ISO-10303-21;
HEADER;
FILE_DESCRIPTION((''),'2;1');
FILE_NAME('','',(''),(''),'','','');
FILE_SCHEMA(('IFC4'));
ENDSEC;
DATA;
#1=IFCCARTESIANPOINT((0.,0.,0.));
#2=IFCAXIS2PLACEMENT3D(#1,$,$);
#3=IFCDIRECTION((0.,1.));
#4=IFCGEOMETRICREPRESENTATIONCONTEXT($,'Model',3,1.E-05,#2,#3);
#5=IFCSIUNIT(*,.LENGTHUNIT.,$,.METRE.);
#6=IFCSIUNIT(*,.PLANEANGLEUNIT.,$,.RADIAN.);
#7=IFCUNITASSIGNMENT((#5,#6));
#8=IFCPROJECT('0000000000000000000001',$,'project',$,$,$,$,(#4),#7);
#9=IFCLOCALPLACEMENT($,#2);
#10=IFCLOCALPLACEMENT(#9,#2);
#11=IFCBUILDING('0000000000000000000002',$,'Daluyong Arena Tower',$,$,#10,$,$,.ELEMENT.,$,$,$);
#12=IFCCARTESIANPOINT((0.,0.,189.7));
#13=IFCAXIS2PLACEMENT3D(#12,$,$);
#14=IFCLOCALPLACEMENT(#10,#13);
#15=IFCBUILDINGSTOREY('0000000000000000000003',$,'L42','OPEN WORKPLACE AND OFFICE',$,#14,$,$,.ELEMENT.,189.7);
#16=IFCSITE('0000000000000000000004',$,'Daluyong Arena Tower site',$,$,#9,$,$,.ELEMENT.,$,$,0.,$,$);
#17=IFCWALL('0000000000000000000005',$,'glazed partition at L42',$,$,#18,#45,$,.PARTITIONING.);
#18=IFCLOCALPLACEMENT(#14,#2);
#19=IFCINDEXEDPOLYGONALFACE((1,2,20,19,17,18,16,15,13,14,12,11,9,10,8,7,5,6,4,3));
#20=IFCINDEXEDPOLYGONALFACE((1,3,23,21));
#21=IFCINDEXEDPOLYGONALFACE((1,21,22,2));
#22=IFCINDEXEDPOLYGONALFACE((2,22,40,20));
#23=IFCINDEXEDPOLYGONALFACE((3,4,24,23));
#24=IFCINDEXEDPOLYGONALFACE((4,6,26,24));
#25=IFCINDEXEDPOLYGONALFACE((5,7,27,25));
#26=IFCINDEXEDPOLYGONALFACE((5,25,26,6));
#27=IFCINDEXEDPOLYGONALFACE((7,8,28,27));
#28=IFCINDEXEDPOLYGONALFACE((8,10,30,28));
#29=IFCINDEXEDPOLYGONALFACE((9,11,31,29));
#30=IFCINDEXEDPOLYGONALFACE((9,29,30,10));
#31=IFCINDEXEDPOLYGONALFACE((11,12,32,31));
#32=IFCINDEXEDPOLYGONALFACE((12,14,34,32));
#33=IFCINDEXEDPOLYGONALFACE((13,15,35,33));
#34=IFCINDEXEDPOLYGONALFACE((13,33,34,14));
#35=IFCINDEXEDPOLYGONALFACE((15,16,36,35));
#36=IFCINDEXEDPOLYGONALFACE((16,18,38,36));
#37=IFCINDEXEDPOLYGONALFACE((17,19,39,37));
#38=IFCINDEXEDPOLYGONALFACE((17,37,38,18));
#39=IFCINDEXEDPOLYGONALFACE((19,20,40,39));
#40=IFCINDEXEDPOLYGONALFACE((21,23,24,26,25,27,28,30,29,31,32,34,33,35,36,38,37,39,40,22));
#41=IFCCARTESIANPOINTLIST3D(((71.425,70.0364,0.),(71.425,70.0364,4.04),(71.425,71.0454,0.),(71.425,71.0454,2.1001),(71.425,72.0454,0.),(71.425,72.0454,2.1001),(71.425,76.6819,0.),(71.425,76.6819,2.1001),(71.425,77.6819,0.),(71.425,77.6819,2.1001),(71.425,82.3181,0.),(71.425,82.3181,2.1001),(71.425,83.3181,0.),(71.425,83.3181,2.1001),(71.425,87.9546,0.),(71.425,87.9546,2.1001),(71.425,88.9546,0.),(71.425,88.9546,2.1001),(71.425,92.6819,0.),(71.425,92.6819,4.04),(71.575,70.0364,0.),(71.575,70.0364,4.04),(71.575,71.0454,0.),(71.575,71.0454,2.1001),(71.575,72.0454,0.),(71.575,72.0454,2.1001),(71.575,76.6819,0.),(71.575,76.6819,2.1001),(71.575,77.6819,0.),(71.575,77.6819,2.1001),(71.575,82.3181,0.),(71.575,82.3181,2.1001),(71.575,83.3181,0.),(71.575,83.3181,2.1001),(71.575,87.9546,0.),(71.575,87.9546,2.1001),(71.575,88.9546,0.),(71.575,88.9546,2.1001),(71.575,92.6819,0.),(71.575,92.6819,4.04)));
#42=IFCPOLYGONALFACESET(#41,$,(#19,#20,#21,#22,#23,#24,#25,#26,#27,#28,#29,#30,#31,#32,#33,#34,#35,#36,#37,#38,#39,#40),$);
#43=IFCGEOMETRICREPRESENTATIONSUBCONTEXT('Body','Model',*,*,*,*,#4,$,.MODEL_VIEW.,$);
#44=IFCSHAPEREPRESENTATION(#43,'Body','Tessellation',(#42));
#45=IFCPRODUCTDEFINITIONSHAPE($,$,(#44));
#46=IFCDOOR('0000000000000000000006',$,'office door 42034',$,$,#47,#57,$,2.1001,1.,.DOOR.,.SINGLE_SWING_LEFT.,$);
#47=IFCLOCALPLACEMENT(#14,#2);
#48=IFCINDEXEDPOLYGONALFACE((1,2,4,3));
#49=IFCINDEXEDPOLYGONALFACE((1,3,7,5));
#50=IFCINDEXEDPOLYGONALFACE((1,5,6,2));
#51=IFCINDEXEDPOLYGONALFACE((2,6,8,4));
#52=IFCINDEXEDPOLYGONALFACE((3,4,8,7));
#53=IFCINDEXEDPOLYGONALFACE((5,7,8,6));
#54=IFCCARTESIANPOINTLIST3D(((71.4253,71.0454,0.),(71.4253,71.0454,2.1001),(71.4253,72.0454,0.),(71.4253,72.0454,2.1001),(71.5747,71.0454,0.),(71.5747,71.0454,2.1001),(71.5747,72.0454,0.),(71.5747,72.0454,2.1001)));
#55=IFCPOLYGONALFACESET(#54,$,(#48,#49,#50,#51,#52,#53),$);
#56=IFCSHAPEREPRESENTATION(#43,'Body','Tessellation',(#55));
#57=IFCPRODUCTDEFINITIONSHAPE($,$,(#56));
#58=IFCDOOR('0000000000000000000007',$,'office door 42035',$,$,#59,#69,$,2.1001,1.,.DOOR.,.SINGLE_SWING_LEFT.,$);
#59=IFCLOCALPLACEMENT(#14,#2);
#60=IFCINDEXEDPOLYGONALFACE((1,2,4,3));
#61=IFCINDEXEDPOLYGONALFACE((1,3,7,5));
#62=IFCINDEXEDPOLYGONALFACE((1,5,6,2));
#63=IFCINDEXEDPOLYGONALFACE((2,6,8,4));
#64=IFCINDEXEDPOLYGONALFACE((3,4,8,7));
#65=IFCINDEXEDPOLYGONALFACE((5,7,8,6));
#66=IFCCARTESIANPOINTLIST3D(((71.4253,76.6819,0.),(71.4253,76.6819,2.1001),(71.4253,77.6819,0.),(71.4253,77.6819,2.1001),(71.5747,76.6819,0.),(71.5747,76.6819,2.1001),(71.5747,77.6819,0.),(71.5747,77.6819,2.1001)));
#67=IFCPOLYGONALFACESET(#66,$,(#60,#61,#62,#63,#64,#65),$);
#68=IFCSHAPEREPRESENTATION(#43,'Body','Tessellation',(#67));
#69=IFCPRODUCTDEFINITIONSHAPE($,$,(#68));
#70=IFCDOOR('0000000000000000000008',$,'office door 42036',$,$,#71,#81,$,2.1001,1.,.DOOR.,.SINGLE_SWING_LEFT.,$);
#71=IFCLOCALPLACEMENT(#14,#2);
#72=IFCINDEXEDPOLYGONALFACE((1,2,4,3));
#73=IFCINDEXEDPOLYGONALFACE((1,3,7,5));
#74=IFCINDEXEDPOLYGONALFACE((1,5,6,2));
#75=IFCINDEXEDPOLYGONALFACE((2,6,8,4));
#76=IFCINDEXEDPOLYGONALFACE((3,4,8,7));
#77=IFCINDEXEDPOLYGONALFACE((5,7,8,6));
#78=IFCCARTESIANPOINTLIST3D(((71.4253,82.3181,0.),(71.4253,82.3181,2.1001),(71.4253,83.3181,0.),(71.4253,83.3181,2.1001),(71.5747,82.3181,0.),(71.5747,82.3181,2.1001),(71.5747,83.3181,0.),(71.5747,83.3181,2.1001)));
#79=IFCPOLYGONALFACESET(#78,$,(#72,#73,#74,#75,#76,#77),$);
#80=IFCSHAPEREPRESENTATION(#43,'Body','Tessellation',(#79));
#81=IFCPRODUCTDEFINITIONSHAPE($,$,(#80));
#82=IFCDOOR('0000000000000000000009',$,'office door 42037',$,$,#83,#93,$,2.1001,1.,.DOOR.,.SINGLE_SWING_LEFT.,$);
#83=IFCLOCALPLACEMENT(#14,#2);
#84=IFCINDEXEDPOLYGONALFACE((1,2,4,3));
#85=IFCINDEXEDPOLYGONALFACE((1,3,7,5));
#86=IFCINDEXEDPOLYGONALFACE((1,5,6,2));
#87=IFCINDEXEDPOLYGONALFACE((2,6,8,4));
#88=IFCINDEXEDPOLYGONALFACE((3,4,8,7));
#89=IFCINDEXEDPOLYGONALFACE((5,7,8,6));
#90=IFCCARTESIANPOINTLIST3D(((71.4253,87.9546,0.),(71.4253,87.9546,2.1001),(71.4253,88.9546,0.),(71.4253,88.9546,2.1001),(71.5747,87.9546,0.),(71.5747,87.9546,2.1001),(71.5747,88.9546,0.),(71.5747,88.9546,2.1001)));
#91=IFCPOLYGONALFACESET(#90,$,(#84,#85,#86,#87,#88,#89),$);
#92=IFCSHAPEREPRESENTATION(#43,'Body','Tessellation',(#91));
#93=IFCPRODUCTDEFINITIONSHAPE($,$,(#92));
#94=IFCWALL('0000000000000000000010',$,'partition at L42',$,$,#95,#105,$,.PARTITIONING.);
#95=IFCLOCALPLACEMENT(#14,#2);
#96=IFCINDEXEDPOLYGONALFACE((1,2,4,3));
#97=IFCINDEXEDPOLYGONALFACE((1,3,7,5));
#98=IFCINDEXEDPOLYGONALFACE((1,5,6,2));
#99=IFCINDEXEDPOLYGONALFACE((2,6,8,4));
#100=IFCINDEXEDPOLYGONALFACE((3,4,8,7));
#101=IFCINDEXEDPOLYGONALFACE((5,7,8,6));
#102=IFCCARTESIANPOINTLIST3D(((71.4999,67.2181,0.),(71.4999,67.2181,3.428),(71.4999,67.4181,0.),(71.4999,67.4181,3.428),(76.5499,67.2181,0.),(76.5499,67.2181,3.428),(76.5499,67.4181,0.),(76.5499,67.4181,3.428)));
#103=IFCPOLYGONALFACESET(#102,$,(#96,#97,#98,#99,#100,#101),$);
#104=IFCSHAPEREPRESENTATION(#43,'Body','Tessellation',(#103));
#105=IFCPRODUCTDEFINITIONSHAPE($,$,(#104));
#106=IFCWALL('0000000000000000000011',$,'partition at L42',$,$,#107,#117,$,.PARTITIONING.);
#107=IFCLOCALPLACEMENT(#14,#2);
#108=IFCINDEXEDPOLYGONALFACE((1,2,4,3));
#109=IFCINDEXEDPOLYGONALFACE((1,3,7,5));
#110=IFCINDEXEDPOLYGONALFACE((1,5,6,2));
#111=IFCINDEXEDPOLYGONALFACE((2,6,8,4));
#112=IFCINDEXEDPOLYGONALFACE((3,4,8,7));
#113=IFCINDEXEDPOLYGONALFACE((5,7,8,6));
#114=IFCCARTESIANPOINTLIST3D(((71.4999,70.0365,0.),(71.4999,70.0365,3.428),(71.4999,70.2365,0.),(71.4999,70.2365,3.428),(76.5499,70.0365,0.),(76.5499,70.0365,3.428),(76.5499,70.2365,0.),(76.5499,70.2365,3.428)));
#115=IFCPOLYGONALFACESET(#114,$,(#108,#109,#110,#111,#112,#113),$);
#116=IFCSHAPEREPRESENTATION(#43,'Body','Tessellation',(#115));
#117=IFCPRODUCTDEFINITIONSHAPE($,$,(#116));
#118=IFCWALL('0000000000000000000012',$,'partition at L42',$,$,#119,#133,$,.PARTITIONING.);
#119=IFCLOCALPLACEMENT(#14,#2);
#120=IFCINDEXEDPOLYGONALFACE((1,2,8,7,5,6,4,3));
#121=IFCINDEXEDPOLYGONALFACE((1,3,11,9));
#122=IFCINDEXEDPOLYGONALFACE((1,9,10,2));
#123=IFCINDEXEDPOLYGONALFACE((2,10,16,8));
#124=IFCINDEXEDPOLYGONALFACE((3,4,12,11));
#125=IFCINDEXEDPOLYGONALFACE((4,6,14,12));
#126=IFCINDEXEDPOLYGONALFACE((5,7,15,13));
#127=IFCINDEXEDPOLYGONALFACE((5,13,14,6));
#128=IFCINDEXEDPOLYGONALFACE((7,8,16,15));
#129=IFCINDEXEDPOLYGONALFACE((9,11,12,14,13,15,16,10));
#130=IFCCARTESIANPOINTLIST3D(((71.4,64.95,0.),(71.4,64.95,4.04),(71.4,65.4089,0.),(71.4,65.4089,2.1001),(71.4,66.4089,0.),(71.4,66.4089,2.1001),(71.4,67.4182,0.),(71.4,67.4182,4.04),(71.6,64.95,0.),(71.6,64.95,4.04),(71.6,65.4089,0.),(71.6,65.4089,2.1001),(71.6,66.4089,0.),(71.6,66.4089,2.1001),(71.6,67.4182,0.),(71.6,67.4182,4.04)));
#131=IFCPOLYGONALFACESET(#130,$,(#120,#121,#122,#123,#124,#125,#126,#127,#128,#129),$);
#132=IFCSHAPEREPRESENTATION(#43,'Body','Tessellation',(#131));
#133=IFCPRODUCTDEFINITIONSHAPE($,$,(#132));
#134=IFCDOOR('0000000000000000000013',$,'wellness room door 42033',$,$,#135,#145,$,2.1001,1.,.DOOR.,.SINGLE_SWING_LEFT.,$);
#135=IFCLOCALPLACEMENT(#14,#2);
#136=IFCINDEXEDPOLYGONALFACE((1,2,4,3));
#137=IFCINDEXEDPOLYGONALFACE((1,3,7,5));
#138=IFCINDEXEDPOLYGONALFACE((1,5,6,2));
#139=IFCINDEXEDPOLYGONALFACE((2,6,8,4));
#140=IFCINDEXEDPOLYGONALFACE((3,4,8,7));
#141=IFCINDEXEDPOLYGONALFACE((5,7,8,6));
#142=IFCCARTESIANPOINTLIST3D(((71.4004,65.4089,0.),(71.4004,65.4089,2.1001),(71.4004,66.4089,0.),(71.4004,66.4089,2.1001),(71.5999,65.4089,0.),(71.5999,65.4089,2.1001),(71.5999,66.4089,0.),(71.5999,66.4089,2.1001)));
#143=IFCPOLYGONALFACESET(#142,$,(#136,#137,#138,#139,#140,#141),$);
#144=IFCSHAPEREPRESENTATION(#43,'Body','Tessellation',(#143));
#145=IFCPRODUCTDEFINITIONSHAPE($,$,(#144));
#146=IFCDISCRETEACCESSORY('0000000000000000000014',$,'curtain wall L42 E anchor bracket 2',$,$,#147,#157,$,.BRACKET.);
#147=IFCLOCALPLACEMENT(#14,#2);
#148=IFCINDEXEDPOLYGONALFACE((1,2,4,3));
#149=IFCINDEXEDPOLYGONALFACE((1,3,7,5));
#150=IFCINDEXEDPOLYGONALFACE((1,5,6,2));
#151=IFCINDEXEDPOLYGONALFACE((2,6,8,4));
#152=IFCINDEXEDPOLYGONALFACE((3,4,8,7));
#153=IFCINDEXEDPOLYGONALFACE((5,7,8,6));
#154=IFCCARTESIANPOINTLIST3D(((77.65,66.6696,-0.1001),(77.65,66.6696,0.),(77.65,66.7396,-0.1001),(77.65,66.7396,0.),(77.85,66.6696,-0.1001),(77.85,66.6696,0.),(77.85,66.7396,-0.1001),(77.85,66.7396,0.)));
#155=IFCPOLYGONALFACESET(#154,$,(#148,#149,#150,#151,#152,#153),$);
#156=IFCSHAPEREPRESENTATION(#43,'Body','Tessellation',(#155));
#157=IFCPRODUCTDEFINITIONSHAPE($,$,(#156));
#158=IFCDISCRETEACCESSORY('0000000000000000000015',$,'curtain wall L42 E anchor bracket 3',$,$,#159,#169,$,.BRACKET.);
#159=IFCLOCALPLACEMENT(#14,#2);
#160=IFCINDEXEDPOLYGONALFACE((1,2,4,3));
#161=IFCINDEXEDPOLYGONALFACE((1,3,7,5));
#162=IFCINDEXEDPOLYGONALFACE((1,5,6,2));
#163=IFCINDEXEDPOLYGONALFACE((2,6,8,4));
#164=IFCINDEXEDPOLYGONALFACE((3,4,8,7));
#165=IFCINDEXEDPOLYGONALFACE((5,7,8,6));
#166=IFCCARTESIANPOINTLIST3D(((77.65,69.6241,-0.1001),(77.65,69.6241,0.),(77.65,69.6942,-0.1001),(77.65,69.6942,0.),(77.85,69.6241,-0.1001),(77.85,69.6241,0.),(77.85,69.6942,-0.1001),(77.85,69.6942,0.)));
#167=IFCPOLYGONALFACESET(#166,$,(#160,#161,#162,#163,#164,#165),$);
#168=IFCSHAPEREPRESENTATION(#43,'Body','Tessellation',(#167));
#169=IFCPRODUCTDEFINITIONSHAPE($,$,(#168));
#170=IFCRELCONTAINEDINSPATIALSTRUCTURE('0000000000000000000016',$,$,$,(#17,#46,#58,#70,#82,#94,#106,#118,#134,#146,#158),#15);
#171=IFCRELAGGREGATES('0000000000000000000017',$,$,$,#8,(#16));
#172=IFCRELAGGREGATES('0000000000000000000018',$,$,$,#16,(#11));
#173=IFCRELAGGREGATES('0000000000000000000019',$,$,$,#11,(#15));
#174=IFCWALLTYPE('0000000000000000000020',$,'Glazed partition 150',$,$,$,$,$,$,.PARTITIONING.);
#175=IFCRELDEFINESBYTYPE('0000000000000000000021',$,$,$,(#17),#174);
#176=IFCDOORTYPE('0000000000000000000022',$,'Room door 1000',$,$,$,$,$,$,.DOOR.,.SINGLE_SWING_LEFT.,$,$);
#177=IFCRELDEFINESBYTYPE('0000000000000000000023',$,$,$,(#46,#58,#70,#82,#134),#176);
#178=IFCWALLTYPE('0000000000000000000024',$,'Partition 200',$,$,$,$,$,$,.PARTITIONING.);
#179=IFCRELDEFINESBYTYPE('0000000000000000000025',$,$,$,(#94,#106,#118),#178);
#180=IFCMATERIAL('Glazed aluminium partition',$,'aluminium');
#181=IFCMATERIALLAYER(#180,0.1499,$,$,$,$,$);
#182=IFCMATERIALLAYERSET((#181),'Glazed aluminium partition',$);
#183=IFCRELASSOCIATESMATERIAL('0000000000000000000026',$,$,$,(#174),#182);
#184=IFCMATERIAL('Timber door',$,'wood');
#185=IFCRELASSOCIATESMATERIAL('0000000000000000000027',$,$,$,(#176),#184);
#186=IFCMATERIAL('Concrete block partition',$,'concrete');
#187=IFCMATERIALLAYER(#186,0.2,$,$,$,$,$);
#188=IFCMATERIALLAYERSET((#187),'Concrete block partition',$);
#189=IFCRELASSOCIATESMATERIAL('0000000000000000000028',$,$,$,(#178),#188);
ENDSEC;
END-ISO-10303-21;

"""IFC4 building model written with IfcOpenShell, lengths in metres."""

from ifc_helpers import new_model, si_unit, direction, frame, frame_2d, origin, origin_2d, place, context, subcontext, project, spatial, rectangle, extrude, material, layer, layer_set, type_object, element, fill, save


model = new_model("IFC4")

# Units and contexts
model_context = context("Model", 3, precision=1e-05, world=origin(), true_north=direction((0.0, 1.0)))
body_context = subcontext(model_context, "Body", "Model", "MODEL_VIEW")
ifc_project = project(units=[si_unit("LENGTHUNIT", "METRE"), si_unit("PLANEANGLEUNIT", "RADIAN")], contexts=[model_context])

# Site, building, storey
site_placement = place(None, origin())
site = spatial("IfcSite", under=ifc_project, at=site_placement, Name="Daluyong Arena Tower site", CompositionType="ELEMENT", RefElevation=0.0)
building_placement = place(site_placement, origin())
building = spatial("IfcBuilding", under=site, at=building_placement, Name="Daluyong Arena Tower", CompositionType="ELEMENT")
storey_placement = place(building_placement, frame((0.0, 0.0, 189.7)))
storey = spatial("IfcBuildingStorey", under=building, at=storey_placement, Name="L42", Description="OPEN WORKPLACE AND OFFICE", CompositionType="ELEMENT", Elevation=189.7)

# Wall, openings, doors
ifc_material_1 = material(Name="Glazed aluminium partition", Category="aluminium")
ifc_layer_1 = layer(ifc_material_1, 0.1499)
ifc_layer_set_1 = layer_set([ifc_layer_1], Name="Glazed aluminium partition")
wall_type_1 = type_object("IfcWallType", Name="Glazed partition 150", PredefinedType="PARTITIONING", material=ifc_layer_set_1)
wall_1_placement = place(storey_placement, frame((71.5, 70.0364, 0.0), z_axis=(0.0, 0.0, 1.0), x_axis=(0.0, 1.0, 0.0)))
wall_1 = element("IfcWall", 1, at=wall_1_placement, inside=storey, type_object=wall_type_1, Name="glazed partition at L42", PredefinedType="PARTITIONING", context=body_context, shape_type="SweptSolid", body=[
    extrude(rectangle(XDim=22.6455, YDim=0.1499, at=frame_2d((11.3228, 0.0))), origin(), (0.0, 0.0, 1.0), 4.04),
])
opening_1_placement = place(wall_1_placement, frame((1.009, 0.0, 0.0)))
opening_1 = element("IfcOpeningElement", 2, at=opening_1_placement, cuts=wall_1, PredefinedType="OPENING", context=body_context, shape_type="SweptSolid", body=[
    extrude(rectangle(XDim=1.0, YDim=2.1001, at=frame_2d((0.5, 1.05))), frame((0.0, 0.085, 0.0), z_axis=(0.0, -1.0, 0.0), x_axis=(1.0, 0.0, 0.0)), (0.0, 0.0, 1.0), 0.1699),
])
opening_2_placement = place(wall_1_placement, frame((6.6455, 0.0, 0.0)))
opening_2 = element("IfcOpeningElement", 3, at=opening_2_placement, cuts=wall_1, PredefinedType="OPENING", context=body_context, shape_type="SweptSolid", body=[
    extrude(rectangle(XDim=1.0, YDim=2.1001, at=frame_2d((0.5, 1.05))), frame((0.0, 0.085, 0.0), z_axis=(0.0, -1.0, 0.0), x_axis=(1.0, 0.0, 0.0)), (0.0, 0.0, 1.0), 0.1699),
])
opening_3_placement = place(wall_1_placement, frame((12.2817, 0.0, 0.0)))
opening_3 = element("IfcOpeningElement", 4, at=opening_3_placement, cuts=wall_1, PredefinedType="OPENING", context=body_context, shape_type="SweptSolid", body=[
    extrude(rectangle(XDim=1.0, YDim=2.1001, at=frame_2d((0.5, 1.05))), frame((0.0, 0.085, 0.0), z_axis=(0.0, -1.0, 0.0), x_axis=(1.0, 0.0, 0.0)), (0.0, 0.0, 1.0), 0.1699),
])
opening_4_placement = place(wall_1_placement, frame((17.9182, 0.0, 0.0)))
opening_4 = element("IfcOpeningElement", 5, at=opening_4_placement, cuts=wall_1, PredefinedType="OPENING", context=body_context, shape_type="SweptSolid", body=[
    extrude(rectangle(XDim=1.0, YDim=2.1001, at=frame_2d((0.5, 1.05))), frame((0.0, 0.085, 0.0), z_axis=(0.0, -1.0, 0.0), x_axis=(1.0, 0.0, 0.0)), (0.0, 0.0, 1.0), 0.1699),
])
ifc_material_2 = material(Name="Timber door", Category="wood")
door_type = type_object("IfcDoorType", Name="Room door 1000", OperationType="SINGLE_SWING_LEFT", PredefinedType="DOOR", material=ifc_material_2)
door_1_placement = place(opening_1_placement, origin())
door_1 = element("IfcDoor", 6, at=door_1_placement, inside=storey, type_object=door_type, Name="office door 42034", OperationType="SINGLE_SWING_LEFT", OverallHeight=2.1001, OverallWidth=1.0, PredefinedType="DOOR", context=body_context, shape_type="SweptSolid", body=[
    extrude(rectangle(XDim=1.0, YDim=2.1001, at=frame_2d((0.5, 1.05))), frame((0.0, 0.0747, 0.0), z_axis=(0.0, -1.0, 0.0), x_axis=(1.0, 0.0, 0.0)), (0.0, 0.0, 1.0), 0.1494),
])
fill(opening_1, door_1)
door_2_placement = place(opening_2_placement, origin())
door_2 = element("IfcDoor", 7, at=door_2_placement, inside=storey, type_object=door_type, Name="office door 42035", OperationType="SINGLE_SWING_LEFT", OverallHeight=2.1001, OverallWidth=1.0, PredefinedType="DOOR", context=body_context, shape_type="SweptSolid", body=[
    extrude(rectangle(XDim=1.0, YDim=2.1001, at=frame_2d((0.5, 1.05))), frame((0.0, 0.0747, 0.0), z_axis=(0.0, -1.0, 0.0), x_axis=(1.0, 0.0, 0.0)), (0.0, 0.0, 1.0), 0.1494),
])
fill(opening_2, door_2)
door_3_placement = place(opening_3_placement, origin())
door_3 = element("IfcDoor", 8, at=door_3_placement, inside=storey, type_object=door_type, Name="office door 42036", OperationType="SINGLE_SWING_LEFT", OverallHeight=2.1001, OverallWidth=1.0, PredefinedType="DOOR", context=body_context, shape_type="SweptSolid", body=[
    extrude(rectangle(XDim=1.0, YDim=2.1001, at=frame_2d((0.5, 1.05))), frame((0.0, 0.0747, 0.0), z_axis=(0.0, -1.0, 0.0), x_axis=(1.0, 0.0, 0.0)), (0.0, 0.0, 1.0), 0.1494),
])
fill(opening_3, door_3)
door_4_placement = place(opening_4_placement, origin())
door_4 = element("IfcDoor", 9, at=door_4_placement, inside=storey, type_object=door_type, Name="office door 42037", OperationType="SINGLE_SWING_LEFT", OverallHeight=2.1001, OverallWidth=1.0, PredefinedType="DOOR", context=body_context, shape_type="SweptSolid", body=[
    extrude(rectangle(XDim=1.0, YDim=2.1001, at=frame_2d((0.5, 1.05))), frame((0.0, 0.0747, 0.0), z_axis=(0.0, -1.0, 0.0), x_axis=(1.0, 0.0, 0.0)), (0.0, 0.0, 1.0), 0.1494),
])
fill(opening_4, door_4)

# Walls
ifc_material_3 = material(Name="Concrete block partition", Category="concrete")
ifc_layer_2 = layer(ifc_material_3, 0.2)
ifc_layer_set_2 = layer_set([ifc_layer_2], Name="Concrete block partition")
wall_type_2 = type_object("IfcWallType", Name="Partition 200", PredefinedType="PARTITIONING", material=ifc_layer_set_2)
for number, where, z_axis, x_axis, name in (
    (10, (71.5, 67.3181, 0.0), (0.0, 0.0, 1.0), (1.0, 0.0, 0.0), "partition at L42"),
    (11, (71.5, 70.1365, 0.0), (0.0, 0.0, 1.0), (1.0, 0.0, 0.0), "partition at L42"),
):
    element("IfcWall", number, at=place(storey_placement, frame(where, z_axis=z_axis, x_axis=x_axis)), inside=storey, type_object=wall_type_2, Name=name, PredefinedType="PARTITIONING", context=body_context, shape_type="SweptSolid", body=[
        extrude(rectangle(XDim=5.05, YDim=0.2, at=frame_2d((2.5249, 0.0))), origin(), (0.0, 0.0, 1.0), 3.428),
    ])

# Wall, opening, door
wall_2_placement = place(storey_placement, frame((71.5, 64.95, 0.0), z_axis=(0.0, 0.0, 1.0), x_axis=(0.0, 1.0, 0.0)))
wall_2 = element("IfcWall", 12, at=wall_2_placement, inside=storey, type_object=wall_type_2, Name="partition at L42", PredefinedType="PARTITIONING", context=body_context, shape_type="SweptSolid", body=[
    extrude(rectangle(XDim=2.4683, YDim=0.2, at=frame_2d((1.2341, 0.0))), origin(), (0.0, 0.0, 1.0), 4.04),
])
opening_5_placement = place(wall_2_placement, frame((0.459, 0.0, 0.0)))
opening_5 = element("IfcOpeningElement", 13, at=opening_5_placement, cuts=wall_2, PredefinedType="OPENING", context=body_context, shape_type="SweptSolid", body=[
    extrude(rectangle(XDim=1.0, YDim=2.1001, at=frame_2d((0.5, 1.05))), frame((0.0, 0.1099, 0.0), z_axis=(0.0, -1.0, 0.0), x_axis=(1.0, 0.0, 0.0)), (0.0, 0.0, 1.0), 0.22),
])
door_5_placement = place(opening_5_placement, origin())
door_5 = element("IfcDoor", 14, at=door_5_placement, inside=storey, type_object=door_type, Name="wellness room door 42033", OperationType="SINGLE_SWING_LEFT", OverallHeight=2.1001, OverallWidth=1.0, PredefinedType="DOOR", context=body_context, shape_type="SweptSolid", body=[
    extrude(rectangle(XDim=1.0, YDim=2.1001, at=frame_2d((0.5, 1.05))), frame((0.0, 0.0996, 0.0), z_axis=(0.0, -1.0, 0.0), x_axis=(1.0, 0.0, 0.0)), (0.0, 0.0, 1.0), 0.1995),
])
fill(opening_5, door_5)

# Discrete accessories
for number, where, z_axis, x_axis, name in (
    (15, (77.75, 66.7046, -0.1001), (0.0, 0.0, 1.0), (0.0, 1.0, 0.0), "curtain wall L42 E anchor bracket 2"),
    (16, (77.75, 69.6592, -0.1001), (0.0, 0.0, 1.0), (0.0, 1.0, 0.0), "curtain wall L42 E anchor bracket 3"),
):
    element("IfcDiscreteAccessory", number, at=place(storey_placement, frame(where, z_axis=z_axis, x_axis=x_axis)), inside=storey, Name=name, PredefinedType="BRACKET", context=body_context, shape_type="SweptSolid", body=[
        extrude(rectangle(XDim=0.0701, YDim=0.2, at=origin_2d()), origin(), (0.0, 0.0, 1.0), 0.1001),
    ])

save(model, "model.ifc")
